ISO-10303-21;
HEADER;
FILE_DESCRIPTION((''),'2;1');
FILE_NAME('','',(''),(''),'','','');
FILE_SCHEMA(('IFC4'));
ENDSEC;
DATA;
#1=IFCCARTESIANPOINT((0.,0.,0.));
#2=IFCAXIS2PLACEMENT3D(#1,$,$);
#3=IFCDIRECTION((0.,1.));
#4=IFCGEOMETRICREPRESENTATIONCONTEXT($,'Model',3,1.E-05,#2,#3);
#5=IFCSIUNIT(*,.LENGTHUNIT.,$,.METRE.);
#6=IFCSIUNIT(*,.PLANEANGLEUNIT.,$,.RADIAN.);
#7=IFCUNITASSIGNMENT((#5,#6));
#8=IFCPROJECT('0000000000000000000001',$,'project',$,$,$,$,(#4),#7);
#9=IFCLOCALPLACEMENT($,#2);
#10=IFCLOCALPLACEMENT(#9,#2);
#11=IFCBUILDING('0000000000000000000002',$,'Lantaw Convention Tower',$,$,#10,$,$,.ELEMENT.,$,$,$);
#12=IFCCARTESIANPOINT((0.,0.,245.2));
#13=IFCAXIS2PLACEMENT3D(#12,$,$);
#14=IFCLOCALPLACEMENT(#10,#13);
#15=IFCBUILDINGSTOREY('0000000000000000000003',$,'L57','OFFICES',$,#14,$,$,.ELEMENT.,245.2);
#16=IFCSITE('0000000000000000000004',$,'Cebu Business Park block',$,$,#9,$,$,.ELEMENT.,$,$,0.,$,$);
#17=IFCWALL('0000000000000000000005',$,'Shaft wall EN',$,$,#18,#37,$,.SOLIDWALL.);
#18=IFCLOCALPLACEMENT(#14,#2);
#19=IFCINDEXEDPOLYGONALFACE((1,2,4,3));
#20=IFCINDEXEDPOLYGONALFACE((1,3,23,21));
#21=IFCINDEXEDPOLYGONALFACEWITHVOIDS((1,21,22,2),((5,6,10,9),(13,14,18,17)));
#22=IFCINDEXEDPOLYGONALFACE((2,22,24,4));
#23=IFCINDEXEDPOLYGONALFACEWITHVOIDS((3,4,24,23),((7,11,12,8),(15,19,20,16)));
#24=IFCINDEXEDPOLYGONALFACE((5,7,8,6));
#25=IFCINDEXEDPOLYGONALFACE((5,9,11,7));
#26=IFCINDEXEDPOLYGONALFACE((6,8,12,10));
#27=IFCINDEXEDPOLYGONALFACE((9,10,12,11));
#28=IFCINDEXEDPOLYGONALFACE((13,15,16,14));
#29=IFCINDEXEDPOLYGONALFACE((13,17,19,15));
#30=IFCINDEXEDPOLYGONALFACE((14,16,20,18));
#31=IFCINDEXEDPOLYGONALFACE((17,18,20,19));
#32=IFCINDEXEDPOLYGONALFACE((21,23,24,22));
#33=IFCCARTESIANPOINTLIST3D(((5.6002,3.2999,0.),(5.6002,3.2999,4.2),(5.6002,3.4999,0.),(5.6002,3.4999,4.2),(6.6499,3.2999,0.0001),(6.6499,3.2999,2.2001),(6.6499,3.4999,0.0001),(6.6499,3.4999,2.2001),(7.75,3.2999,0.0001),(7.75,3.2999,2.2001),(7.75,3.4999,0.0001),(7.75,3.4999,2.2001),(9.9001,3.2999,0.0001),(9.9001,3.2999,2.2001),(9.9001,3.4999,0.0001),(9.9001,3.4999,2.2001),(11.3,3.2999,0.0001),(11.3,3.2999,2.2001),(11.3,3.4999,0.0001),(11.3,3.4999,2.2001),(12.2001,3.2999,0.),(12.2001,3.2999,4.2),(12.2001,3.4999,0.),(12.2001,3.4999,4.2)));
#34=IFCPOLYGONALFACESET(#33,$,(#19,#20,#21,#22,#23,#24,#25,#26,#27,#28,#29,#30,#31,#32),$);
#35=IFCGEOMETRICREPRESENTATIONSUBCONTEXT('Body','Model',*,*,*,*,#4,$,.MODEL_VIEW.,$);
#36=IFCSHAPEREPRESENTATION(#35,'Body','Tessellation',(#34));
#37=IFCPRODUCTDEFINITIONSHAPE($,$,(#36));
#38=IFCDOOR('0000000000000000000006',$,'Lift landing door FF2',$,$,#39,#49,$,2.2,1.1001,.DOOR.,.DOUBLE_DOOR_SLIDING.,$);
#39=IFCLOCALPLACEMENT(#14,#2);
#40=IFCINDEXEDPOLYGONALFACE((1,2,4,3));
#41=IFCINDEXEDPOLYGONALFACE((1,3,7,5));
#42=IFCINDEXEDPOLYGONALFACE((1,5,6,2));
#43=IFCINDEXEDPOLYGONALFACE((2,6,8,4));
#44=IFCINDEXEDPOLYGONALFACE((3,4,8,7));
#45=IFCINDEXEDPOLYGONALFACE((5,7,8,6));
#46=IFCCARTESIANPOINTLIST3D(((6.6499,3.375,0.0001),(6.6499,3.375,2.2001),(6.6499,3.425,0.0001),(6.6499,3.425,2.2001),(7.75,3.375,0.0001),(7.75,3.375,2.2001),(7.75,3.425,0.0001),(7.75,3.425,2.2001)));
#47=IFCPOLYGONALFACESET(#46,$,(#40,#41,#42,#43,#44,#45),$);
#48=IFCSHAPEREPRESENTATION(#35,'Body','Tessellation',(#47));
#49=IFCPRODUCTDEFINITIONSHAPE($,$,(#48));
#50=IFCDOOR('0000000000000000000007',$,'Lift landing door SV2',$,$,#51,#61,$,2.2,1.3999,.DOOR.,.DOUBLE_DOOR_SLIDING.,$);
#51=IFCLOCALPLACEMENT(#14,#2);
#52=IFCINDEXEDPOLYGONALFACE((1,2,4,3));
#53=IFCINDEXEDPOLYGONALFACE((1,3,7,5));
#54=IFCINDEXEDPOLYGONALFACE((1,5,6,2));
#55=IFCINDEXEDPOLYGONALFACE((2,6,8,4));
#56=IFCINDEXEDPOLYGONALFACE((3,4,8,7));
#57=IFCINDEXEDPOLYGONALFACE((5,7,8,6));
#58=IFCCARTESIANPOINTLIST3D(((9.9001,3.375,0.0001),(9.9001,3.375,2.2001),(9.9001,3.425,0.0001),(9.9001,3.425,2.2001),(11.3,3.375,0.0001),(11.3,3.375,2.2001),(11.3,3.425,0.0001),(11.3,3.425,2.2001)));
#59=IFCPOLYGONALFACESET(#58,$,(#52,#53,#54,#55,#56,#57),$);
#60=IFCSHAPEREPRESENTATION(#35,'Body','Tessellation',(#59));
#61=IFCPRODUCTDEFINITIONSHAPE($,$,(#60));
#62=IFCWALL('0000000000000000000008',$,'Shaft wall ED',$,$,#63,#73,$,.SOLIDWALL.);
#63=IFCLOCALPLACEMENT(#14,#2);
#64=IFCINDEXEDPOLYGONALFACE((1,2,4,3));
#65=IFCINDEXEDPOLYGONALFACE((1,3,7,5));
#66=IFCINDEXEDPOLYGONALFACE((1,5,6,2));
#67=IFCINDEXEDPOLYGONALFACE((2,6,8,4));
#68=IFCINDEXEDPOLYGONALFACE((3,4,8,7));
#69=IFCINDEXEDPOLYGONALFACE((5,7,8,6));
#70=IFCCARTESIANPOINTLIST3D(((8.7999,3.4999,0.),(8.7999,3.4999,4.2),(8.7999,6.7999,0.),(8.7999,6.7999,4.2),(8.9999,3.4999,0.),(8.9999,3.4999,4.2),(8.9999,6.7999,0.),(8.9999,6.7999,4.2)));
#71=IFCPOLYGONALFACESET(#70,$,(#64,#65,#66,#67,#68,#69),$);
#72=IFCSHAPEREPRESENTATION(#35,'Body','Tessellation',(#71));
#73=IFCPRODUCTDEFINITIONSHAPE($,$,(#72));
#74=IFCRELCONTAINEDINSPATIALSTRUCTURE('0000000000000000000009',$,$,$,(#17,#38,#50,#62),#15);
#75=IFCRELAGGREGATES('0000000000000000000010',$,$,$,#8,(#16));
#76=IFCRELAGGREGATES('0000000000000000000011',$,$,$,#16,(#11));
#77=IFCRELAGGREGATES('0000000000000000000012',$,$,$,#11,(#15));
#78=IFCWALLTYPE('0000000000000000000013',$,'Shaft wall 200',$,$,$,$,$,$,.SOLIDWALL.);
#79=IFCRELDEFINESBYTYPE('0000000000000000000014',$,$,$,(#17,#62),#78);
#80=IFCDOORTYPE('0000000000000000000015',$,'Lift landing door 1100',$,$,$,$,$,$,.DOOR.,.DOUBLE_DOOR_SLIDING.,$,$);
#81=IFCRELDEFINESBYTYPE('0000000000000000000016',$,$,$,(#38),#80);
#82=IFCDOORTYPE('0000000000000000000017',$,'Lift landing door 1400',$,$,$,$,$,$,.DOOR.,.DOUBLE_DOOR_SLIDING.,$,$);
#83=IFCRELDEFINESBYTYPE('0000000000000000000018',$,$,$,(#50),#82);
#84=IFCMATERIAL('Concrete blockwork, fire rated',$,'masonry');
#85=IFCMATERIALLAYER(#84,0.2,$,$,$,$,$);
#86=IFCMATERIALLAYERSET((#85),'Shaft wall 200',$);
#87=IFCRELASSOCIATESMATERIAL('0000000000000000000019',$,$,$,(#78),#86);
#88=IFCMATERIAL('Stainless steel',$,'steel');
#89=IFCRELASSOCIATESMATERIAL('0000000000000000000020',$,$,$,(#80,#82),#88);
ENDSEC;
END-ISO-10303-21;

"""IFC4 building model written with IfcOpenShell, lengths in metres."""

from ifc_helpers import new_model, si_unit, direction, frame, frame_2d, origin, place, context, subcontext, project, spatial, rectangle, extrude, material, layer, layer_set, type_object, element, fill, save


model = new_model("IFC4")

# Units and contexts
model_context = context("Model", 3, precision=1e-05, world=origin(), true_north=direction((0.0, 1.0)))
body_context = subcontext(model_context, "Body", "Model", "MODEL_VIEW")
ifc_project = project(units=[si_unit("LENGTHUNIT", "METRE"), si_unit("PLANEANGLEUNIT", "RADIAN")], contexts=[model_context])

# Site, building, storey
site_placement = place(None, origin())
site = spatial("IfcSite", under=ifc_project, at=site_placement, Name="Cebu Business Park block", CompositionType="ELEMENT", RefElevation=0.0)
building_placement = place(site_placement, origin())
building = spatial("IfcBuilding", under=site, at=building_placement, Name="Lantaw Convention Tower", CompositionType="ELEMENT")
storey_placement = place(building_placement, frame((0.0, 0.0, 245.2)))
storey = spatial("IfcBuildingStorey", under=building, at=storey_placement, Name="L57", Description="OFFICES", CompositionType="ELEMENT", Elevation=245.2)

# Wall, openings, doors
ifc_material_1 = material(Name="Concrete blockwork, fire rated", Category="masonry")
ifc_layer_1 = layer(ifc_material_1, 0.2)
ifc_layer_set_1 = layer_set([ifc_layer_1], Name="Shaft wall 200")
wall_type_1 = type_object("IfcWallType", Name="Shaft wall 200", PredefinedType="SOLIDWALL", material=ifc_layer_set_1)
wall_1_placement = place(storey_placement, frame((12.2, 3.3999, 0.0), z_axis=(0.0, 0.0, 1.0), x_axis=(-1.0, 0.0, 0.0)))
wall_1 = element("IfcWall", 1, at=wall_1_placement, inside=storey, type_object=wall_type_1, Name="Shaft wall EN", PredefinedType="SOLIDWALL", context=body_context, shape_type="SweptSolid", body=[
    extrude(rectangle(XDim=6.5999, YDim=0.2, at=frame_2d((3.2998, 0.0))), origin(), (0.0, 0.0, 1.0), 4.2),
])
opening_1_placement = place(wall_1_placement, frame((4.45, 0.0, 0.0)))
opening_1 = element("IfcOpeningElement", 2, at=opening_1_placement, cuts=wall_1, PredefinedType="OPENING", context=body_context, shape_type="SweptSolid", body=[
    extrude(rectangle(XDim=1.1001, YDim=2.2, at=frame_2d((0.55, 1.1001))), frame((0.0, 0.1099, 0.0), z_axis=(0.0, -1.0, 0.0), x_axis=(1.0, 0.0, 0.0)), (0.0, 0.0, 1.0), 0.22),
])
opening_2_placement = place(wall_1_placement, frame((0.8999, 0.0, 0.0)))
opening_2 = element("IfcOpeningElement", 3, at=opening_2_placement, cuts=wall_1, PredefinedType="OPENING", context=body_context, shape_type="SweptSolid", body=[
    extrude(rectangle(XDim=1.3999, YDim=2.2, at=frame_2d((0.7, 1.1001))), frame((0.0, 0.1099, 0.0), z_axis=(0.0, -1.0, 0.0), x_axis=(1.0, 0.0, 0.0)), (0.0, 0.0, 1.0), 0.22),
])
ifc_material_2 = material(Name="Stainless steel", Category="steel")
door_type_1 = type_object("IfcDoorType", Name="Lift landing door 1100", OperationType="DOUBLE_DOOR_SLIDING", PredefinedType="DOOR", material=ifc_material_2)
door_1_placement = place(opening_1_placement, origin())
door_1 = element("IfcDoor", 4, at=door_1_placement, inside=storey, type_object=door_type_1, Name="Lift landing door FF2", OperationType="DOUBLE_DOOR_SLIDING", OverallHeight=2.2, OverallWidth=1.1001, PredefinedType="DOOR", context=body_context, shape_type="SweptSolid", body=[
    extrude(rectangle(XDim=1.1001, YDim=2.2, at=frame_2d((0.55, 1.1001))), frame((0.0, 0.0249, 0.0), z_axis=(0.0, -1.0, 0.0), x_axis=(1.0, 0.0, 0.0)), (0.0, 0.0, 1.0), 0.05),
])
fill(opening_1, door_1)
door_type_2 = type_object("IfcDoorType", Name="Lift landing door 1400", OperationType="DOUBLE_DOOR_SLIDING", PredefinedType="DOOR", material=ifc_material_2)
door_2_placement = place(opening_2_placement, origin())
door_2 = element("IfcDoor", 5, at=door_2_placement, inside=storey, type_object=door_type_2, Name="Lift landing door SV2", OperationType="DOUBLE_DOOR_SLIDING", OverallHeight=2.2, OverallWidth=1.3999, PredefinedType="DOOR", context=body_context, shape_type="SweptSolid", body=[
    extrude(rectangle(XDim=1.3999, YDim=2.2, at=frame_2d((0.7, 1.1001))), frame((0.0, 0.0249, 0.0), z_axis=(0.0, -1.0, 0.0), x_axis=(1.0, 0.0, 0.0)), (0.0, 0.0, 1.0), 0.05),
])
fill(opening_2, door_2)

# Wall
wall_2_placement = place(storey_placement, frame((8.8999, 3.5, 0.0), z_axis=(0.0, 0.0, 1.0), x_axis=(0.0, 1.0, 0.0)))
element("IfcWall", 6, at=wall_2_placement, inside=storey, type_object=wall_type_1, Name="Shaft wall ED", PredefinedType="SOLIDWALL", context=body_context, shape_type="SweptSolid", body=[
    extrude(rectangle(XDim=3.3, YDim=0.2, at=frame_2d((1.6499, 0.0))), origin(), (0.0, 0.0, 1.0), 4.2),
])

save(model, "model.ifc")
